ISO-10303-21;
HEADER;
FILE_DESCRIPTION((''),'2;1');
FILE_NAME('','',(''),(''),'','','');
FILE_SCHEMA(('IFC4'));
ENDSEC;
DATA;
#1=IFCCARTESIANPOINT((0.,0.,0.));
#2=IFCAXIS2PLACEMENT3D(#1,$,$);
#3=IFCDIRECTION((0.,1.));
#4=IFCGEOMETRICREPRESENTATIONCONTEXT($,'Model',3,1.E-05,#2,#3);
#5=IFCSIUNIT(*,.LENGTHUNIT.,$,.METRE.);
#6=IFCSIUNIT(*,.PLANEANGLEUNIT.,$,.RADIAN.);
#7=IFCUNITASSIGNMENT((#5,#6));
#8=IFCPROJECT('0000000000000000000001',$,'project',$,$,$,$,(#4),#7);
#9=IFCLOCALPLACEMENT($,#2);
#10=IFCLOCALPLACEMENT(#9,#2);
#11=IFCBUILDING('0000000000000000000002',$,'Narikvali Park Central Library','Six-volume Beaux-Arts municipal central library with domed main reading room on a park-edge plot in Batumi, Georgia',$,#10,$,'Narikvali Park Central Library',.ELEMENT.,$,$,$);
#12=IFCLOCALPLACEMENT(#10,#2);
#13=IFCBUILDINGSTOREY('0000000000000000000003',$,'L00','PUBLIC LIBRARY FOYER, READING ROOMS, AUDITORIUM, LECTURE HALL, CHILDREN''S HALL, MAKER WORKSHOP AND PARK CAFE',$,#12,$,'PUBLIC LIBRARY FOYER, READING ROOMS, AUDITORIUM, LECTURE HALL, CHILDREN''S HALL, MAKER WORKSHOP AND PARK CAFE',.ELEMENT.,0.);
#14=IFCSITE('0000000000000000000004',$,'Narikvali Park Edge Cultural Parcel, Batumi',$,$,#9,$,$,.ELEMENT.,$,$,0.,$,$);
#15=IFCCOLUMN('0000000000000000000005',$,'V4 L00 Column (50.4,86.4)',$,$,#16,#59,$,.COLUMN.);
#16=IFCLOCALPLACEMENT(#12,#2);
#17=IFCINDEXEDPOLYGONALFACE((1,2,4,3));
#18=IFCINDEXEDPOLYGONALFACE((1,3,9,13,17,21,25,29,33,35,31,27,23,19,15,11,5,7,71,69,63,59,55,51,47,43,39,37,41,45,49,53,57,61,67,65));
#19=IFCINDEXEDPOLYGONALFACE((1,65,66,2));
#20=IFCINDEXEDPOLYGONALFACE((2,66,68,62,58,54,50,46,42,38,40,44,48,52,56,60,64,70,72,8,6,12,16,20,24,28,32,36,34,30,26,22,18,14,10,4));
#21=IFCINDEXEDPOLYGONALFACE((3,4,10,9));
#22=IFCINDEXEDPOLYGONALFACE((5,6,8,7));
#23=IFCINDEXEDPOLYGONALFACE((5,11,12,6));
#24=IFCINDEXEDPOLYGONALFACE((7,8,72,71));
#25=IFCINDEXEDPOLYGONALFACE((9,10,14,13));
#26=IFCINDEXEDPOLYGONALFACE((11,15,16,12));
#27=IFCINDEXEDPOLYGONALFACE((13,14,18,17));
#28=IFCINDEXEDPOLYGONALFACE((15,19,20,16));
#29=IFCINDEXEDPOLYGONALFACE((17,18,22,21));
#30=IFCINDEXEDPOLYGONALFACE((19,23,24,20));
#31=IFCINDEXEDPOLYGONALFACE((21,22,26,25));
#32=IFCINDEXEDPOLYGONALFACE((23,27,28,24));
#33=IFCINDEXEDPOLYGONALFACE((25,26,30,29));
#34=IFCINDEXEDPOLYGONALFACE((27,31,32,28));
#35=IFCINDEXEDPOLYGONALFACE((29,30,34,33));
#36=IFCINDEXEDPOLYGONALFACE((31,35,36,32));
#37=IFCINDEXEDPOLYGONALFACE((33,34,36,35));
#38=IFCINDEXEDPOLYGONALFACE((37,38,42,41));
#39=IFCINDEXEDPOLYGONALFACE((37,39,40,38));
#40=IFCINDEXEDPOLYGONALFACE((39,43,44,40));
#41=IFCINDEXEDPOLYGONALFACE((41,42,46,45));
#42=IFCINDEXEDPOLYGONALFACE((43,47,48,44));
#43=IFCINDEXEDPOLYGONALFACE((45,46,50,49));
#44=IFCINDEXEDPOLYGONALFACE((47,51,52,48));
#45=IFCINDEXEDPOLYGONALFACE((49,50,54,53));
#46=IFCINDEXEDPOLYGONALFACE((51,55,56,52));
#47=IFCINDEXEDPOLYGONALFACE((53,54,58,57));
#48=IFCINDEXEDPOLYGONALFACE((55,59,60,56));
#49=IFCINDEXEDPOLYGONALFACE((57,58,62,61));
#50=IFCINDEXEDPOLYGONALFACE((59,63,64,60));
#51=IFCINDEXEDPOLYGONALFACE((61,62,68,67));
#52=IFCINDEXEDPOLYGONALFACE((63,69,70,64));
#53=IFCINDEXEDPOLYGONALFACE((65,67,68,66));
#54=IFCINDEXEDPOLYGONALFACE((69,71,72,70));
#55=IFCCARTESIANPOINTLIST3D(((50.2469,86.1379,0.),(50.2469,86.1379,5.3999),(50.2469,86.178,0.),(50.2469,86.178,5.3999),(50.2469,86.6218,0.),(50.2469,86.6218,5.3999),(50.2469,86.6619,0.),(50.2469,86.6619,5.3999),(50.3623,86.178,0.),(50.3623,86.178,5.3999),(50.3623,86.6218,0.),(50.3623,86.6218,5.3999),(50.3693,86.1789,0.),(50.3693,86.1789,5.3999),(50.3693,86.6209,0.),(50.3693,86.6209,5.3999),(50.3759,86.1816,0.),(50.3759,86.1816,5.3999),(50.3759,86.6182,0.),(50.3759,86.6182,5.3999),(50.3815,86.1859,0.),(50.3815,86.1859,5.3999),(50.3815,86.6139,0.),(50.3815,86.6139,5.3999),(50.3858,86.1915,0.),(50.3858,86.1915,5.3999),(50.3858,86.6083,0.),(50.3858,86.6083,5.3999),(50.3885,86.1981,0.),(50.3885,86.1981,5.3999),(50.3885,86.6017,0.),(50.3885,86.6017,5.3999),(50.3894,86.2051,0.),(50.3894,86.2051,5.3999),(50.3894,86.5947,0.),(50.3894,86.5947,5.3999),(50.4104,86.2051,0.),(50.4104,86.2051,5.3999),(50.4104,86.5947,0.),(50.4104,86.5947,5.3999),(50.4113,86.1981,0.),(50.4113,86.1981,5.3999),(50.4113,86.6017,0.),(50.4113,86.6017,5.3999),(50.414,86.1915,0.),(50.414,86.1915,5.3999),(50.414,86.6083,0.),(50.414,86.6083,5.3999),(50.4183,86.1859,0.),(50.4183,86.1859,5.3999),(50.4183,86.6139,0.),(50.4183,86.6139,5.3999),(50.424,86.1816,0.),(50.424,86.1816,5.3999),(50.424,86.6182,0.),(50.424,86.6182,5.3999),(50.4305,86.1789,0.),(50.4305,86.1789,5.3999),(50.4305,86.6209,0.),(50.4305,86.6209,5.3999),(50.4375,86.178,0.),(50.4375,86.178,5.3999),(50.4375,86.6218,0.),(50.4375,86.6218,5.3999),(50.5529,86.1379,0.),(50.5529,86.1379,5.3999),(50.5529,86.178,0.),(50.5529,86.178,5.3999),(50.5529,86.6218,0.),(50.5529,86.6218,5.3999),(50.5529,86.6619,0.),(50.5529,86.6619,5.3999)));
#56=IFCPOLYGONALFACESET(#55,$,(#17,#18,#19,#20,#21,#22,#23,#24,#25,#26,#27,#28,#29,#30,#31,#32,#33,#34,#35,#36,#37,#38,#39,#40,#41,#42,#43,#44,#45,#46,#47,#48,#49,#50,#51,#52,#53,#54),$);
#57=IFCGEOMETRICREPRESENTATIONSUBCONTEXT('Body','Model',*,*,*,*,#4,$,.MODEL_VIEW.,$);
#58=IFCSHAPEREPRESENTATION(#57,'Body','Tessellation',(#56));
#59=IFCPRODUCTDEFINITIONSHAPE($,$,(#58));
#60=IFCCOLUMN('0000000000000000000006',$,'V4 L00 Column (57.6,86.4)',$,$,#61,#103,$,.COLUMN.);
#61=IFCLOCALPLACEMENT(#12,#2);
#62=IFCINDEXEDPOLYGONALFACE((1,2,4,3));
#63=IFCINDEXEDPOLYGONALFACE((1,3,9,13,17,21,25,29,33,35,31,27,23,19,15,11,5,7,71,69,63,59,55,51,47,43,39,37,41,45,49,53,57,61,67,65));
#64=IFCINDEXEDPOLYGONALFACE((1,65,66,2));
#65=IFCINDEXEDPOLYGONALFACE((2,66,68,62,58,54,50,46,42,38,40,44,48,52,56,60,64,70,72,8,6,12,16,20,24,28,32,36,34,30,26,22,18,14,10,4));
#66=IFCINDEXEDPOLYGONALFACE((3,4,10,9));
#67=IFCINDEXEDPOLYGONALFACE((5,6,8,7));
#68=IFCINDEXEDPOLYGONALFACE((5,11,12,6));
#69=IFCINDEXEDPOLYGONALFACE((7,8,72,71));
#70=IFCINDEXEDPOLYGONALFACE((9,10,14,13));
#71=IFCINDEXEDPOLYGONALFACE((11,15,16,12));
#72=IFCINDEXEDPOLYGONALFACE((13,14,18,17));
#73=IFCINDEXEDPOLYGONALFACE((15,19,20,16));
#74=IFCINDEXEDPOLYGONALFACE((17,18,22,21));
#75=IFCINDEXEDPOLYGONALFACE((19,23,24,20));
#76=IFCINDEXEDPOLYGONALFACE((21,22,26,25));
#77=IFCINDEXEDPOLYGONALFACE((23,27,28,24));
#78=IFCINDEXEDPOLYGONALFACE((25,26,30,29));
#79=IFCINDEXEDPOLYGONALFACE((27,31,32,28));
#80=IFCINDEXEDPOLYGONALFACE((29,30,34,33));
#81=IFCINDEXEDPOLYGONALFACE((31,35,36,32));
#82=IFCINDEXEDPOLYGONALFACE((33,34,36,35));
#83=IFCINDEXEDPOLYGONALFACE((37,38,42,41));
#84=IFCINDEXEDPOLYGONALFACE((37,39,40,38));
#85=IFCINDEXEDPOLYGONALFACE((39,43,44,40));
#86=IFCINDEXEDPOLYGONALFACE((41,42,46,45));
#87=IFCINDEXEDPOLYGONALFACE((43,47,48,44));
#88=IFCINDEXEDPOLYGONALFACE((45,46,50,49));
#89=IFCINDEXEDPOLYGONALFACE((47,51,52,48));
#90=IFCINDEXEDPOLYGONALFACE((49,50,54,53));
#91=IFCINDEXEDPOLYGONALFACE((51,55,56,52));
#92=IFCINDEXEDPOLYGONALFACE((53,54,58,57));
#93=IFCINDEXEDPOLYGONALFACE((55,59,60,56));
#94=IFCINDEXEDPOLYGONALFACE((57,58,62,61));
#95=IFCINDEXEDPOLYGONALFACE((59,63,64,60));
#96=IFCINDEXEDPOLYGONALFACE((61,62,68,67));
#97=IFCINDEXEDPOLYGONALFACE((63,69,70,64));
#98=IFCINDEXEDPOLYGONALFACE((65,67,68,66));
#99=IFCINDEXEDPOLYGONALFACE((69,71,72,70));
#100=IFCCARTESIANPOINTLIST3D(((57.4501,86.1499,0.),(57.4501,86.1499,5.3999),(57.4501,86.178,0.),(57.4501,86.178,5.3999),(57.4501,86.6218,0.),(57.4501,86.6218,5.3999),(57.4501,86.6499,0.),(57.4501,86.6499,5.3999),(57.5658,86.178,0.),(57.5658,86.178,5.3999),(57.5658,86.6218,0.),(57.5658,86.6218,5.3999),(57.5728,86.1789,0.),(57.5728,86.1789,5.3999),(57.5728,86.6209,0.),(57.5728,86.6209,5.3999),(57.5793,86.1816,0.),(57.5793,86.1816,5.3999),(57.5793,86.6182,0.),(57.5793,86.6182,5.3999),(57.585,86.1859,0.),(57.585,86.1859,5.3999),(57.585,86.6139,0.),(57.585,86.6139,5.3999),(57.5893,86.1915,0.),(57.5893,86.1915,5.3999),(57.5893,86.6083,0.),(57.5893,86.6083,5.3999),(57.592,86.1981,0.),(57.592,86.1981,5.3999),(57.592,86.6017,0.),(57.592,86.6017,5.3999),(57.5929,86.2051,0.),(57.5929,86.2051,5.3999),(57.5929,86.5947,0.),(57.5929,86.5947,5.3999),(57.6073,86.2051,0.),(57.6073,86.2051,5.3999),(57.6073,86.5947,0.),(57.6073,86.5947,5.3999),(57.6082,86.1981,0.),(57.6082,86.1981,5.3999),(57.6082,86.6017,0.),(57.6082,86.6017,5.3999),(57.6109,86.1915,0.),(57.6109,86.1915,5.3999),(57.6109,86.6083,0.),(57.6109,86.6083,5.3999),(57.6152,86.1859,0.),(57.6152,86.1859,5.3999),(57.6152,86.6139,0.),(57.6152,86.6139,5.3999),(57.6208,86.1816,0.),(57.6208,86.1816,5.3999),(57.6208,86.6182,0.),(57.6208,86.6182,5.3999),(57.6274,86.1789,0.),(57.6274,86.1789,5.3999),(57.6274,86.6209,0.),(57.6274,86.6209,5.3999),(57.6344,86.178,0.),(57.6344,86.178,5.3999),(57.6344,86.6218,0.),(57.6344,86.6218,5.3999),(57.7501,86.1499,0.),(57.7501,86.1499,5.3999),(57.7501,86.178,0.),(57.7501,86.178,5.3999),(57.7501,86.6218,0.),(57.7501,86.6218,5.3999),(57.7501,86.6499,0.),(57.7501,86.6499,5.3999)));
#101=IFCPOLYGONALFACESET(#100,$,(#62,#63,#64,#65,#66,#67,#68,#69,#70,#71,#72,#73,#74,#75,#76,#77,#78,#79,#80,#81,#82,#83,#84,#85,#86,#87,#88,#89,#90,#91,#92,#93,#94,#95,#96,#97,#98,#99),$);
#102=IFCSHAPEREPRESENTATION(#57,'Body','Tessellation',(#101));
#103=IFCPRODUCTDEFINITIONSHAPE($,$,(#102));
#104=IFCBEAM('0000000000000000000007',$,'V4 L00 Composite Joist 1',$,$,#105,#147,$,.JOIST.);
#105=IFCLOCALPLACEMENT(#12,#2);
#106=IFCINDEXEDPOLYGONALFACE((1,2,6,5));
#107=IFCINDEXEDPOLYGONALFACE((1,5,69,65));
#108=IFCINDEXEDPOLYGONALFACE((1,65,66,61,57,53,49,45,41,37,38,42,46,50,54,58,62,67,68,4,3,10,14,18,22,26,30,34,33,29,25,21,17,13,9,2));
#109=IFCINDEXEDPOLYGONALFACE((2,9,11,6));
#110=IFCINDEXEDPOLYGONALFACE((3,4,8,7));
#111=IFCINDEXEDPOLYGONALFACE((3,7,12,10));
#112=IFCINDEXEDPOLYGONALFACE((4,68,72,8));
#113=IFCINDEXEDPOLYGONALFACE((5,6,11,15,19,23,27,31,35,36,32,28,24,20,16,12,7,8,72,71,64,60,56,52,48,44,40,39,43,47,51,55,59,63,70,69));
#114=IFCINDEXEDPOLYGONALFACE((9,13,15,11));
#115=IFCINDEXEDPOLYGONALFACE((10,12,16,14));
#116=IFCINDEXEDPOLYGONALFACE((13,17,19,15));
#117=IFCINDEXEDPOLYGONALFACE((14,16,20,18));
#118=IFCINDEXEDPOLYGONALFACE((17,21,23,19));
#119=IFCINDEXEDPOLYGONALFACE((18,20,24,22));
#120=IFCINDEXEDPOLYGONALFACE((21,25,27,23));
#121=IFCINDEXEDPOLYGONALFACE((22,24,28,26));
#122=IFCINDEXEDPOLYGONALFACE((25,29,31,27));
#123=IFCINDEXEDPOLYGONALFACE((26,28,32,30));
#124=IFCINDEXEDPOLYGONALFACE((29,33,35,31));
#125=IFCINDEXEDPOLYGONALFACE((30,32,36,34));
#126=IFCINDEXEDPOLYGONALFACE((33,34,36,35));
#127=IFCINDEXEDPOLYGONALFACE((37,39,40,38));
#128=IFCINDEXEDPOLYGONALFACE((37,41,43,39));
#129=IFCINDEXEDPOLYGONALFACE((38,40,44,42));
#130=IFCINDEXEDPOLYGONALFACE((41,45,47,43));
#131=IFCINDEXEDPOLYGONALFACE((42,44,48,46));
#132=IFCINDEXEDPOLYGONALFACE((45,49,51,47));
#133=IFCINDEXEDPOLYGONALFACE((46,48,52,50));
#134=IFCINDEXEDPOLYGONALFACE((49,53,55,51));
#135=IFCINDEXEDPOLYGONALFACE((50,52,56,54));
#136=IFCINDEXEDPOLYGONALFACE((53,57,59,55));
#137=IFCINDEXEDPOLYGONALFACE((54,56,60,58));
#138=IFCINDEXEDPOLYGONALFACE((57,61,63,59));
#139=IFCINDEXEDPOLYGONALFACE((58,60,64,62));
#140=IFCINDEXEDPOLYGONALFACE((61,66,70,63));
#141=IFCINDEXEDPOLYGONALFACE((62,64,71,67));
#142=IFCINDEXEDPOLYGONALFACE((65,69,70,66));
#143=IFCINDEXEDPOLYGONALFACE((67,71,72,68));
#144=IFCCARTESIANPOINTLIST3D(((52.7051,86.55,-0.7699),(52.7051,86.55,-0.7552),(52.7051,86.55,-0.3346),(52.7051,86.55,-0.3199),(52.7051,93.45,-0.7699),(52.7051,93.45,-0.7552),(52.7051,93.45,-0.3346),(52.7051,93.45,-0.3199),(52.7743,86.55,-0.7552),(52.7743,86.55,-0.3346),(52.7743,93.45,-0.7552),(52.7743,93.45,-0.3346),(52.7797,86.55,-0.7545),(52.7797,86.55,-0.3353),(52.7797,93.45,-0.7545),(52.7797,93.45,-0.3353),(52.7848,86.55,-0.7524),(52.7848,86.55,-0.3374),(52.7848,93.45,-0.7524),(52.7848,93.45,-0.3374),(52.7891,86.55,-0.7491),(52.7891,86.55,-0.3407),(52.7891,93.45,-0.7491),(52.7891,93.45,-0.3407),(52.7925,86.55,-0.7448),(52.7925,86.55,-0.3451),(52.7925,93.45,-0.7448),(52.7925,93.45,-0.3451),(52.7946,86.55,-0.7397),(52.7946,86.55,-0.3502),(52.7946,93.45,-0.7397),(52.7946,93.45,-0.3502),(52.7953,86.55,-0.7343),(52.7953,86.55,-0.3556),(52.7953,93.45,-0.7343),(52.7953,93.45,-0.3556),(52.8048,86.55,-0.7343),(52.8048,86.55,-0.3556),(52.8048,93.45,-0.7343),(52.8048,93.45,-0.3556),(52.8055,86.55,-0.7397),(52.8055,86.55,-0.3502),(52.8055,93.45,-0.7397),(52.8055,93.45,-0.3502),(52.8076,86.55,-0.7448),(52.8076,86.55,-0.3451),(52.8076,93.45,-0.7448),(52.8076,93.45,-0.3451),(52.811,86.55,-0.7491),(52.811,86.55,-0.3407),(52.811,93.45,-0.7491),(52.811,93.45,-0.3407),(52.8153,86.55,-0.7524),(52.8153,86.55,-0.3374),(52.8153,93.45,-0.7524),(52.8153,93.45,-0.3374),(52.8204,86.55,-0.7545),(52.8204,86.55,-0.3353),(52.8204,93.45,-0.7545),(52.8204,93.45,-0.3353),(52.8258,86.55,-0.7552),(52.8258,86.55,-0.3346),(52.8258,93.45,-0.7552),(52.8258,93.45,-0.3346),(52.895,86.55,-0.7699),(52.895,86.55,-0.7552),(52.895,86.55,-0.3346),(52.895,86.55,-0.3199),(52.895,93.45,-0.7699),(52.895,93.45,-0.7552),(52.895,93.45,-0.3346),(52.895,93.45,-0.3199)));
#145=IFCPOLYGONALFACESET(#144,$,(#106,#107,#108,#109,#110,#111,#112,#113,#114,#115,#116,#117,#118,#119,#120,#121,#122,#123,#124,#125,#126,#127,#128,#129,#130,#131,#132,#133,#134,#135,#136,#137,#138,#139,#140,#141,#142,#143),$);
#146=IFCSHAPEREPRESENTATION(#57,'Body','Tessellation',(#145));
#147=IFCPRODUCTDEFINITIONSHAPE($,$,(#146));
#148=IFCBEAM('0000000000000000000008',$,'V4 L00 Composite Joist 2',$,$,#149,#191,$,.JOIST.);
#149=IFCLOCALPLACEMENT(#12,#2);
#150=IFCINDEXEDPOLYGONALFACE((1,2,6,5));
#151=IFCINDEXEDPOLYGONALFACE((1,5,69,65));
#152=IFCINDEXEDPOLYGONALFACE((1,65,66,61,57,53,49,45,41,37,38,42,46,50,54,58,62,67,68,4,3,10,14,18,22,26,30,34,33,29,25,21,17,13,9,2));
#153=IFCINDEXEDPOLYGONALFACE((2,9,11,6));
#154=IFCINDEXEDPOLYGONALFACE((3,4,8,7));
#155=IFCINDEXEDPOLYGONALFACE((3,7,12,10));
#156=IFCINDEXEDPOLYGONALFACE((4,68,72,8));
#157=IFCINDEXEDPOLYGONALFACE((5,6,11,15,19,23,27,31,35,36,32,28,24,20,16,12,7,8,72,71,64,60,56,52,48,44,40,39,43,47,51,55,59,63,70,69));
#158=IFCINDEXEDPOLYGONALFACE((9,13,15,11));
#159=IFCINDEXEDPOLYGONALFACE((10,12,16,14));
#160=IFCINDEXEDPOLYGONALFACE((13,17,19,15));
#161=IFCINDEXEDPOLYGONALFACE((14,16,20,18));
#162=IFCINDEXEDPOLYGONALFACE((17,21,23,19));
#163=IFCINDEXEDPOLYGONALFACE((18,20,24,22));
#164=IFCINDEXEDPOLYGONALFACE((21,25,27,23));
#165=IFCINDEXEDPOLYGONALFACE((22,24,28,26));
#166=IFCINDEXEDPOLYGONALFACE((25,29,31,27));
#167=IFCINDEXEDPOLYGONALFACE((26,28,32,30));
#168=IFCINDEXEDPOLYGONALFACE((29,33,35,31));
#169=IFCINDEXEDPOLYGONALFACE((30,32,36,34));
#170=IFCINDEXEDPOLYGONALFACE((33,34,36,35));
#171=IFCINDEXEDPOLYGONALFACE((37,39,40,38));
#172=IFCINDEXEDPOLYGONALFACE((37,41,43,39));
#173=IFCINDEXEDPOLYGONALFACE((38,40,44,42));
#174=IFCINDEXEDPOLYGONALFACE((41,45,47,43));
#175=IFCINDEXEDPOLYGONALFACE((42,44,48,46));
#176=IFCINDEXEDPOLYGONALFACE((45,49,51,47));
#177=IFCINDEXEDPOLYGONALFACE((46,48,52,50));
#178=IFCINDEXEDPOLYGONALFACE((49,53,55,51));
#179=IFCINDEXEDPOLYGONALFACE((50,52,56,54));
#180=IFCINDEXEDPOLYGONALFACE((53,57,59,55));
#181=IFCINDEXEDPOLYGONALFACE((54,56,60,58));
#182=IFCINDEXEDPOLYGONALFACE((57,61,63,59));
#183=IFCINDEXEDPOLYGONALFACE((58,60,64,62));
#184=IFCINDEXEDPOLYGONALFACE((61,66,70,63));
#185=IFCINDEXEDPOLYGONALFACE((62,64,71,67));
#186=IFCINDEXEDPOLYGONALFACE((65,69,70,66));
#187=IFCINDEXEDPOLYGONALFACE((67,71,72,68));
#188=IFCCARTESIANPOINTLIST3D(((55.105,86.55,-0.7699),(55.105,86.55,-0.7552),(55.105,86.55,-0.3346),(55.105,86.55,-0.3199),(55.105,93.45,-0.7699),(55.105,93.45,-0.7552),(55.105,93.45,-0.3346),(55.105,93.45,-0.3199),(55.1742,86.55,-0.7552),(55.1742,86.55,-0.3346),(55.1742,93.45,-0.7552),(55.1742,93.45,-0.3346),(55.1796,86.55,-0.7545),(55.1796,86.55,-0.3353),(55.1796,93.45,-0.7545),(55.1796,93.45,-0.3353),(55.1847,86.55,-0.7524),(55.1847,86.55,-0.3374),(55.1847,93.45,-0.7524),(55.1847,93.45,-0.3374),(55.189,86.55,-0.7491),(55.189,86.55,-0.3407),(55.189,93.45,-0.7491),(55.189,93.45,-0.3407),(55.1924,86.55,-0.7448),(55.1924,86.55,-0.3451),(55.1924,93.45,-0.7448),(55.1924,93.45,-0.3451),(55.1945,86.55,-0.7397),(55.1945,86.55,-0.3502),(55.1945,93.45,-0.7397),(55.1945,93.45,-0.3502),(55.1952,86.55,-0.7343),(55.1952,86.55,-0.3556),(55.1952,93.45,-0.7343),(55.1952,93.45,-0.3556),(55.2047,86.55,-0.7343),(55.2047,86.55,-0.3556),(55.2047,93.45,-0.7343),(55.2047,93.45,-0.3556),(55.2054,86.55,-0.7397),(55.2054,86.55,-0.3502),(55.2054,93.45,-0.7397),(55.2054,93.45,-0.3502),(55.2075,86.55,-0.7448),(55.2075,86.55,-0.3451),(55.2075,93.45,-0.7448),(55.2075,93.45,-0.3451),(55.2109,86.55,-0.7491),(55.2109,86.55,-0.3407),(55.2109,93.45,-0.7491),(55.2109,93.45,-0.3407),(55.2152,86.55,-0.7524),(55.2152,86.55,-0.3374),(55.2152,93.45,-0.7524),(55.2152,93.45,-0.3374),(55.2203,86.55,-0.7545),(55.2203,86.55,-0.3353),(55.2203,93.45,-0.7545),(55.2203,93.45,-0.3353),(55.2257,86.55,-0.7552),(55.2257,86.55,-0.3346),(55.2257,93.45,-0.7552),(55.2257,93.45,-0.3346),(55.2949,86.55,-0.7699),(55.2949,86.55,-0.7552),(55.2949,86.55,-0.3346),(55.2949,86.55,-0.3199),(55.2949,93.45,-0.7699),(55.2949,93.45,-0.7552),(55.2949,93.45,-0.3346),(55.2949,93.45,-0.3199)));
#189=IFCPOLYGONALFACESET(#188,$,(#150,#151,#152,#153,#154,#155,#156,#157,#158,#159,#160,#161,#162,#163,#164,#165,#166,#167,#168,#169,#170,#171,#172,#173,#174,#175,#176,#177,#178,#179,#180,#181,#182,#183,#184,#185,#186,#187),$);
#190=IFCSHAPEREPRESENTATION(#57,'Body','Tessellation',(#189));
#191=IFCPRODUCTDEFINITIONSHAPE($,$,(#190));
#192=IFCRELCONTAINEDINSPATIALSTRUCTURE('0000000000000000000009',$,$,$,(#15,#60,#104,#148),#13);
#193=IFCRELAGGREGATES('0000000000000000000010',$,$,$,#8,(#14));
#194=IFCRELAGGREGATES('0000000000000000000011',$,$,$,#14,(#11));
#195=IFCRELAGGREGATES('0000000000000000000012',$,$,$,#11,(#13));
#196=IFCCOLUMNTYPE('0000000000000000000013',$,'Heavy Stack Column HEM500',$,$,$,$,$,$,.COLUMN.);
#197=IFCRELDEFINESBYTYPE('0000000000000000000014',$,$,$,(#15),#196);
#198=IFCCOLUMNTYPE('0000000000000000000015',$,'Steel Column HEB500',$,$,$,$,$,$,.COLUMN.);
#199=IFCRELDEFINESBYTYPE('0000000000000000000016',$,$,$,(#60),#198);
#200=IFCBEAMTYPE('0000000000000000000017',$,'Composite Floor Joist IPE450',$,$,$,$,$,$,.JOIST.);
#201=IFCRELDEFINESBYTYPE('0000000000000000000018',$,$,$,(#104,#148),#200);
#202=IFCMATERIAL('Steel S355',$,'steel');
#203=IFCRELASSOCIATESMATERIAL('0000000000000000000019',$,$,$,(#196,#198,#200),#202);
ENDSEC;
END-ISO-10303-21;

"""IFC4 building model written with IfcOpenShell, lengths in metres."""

from ifc_helpers import new_model, si_unit, direction, frame, origin, origin_2d, place, context, subcontext, project, spatial, i_section, extrude, material, material_profile, profile_set, type_object, element, save


model = new_model("IFC4")

# Units and contexts
model_context = context("Model", 3, precision=1e-05, world=origin(), true_north=direction((0.0, 1.0)))
body_context = subcontext(model_context, "Body", "Model", "MODEL_VIEW")
ifc_project = project(units=[si_unit("LENGTHUNIT", "METRE"), si_unit("PLANEANGLEUNIT", "RADIAN")], contexts=[model_context])

# Site, building, storey
site_placement = place(None, origin())
site = spatial("IfcSite", under=ifc_project, at=site_placement, Name="Narikvali Park Edge Cultural Parcel, Batumi", CompositionType="ELEMENT", RefElevation=0.0)
building_placement = place(site_placement, origin())
building = spatial("IfcBuilding", under=site, at=building_placement, Name="Narikvali Park Central Library", Description="Six-volume Beaux-Arts municipal central library with domed main reading room on a park-edge plot in Batumi, Georgia", LongName="Narikvali Park Central Library", CompositionType="ELEMENT")
storey_placement = place(building_placement, origin())
storey = spatial("IfcBuildingStorey", under=building, at=storey_placement, Name="L00", Description="PUBLIC LIBRARY FOYER, READING ROOMS, AUDITORIUM, LECTURE HALL, CHILDREN'S HALL, MAKER WORKSHOP AND PARK CAFE", LongName="PUBLIC LIBRARY FOYER, READING ROOMS, AUDITORIUM, LECTURE HALL, CHILDREN'S HALL, MAKER WORKSHOP AND PARK CAFE", CompositionType="ELEMENT", Elevation=0.0)

# Columns
ifc_material_1 = material(Name="Steel S355", Category="steel")
ifc_material_profile_1 = material_profile(ifc_material_1, i_section(OverallWidth=0.3059, OverallDepth=0.5239, WebThickness=0.021, FlangeThickness=0.04, FilletRadius=0.0271, at=origin_2d()), Name="HEM 500")
ifc_profile_set_1 = profile_set([ifc_material_profile_1], Name="Steel S355")
column_type_1 = type_object("IfcColumnType", Name="Heavy Stack Column HEM500", PredefinedType="COLUMN", material=ifc_profile_set_1)
column_1_placement = place(storey_placement, frame((50.3999, 86.3999, 0.0), z_axis=(0.0, 0.0, 1.0), x_axis=(1.0, 0.0, 0.0)))
element("IfcColumn", 1, at=column_1_placement, inside=storey, type_object=column_type_1, Name="V4 L00 Column (50.4,86.4)", PredefinedType="COLUMN", context=body_context, shape_type="SweptSolid", body=[
    extrude(i_section(OverallWidth=0.3059, OverallDepth=0.5239, WebThickness=0.021, FlangeThickness=0.04, FilletRadius=0.0271, at=origin_2d()), origin(), (0.0, 0.0, 1.0), 5.3999),
])
ifc_material_profile_2 = material_profile(ifc_material_1, i_section(OverallWidth=0.3, OverallDepth=0.5, WebThickness=0.0144, FlangeThickness=0.0281, FilletRadius=0.0271, at=origin_2d()), Name="HEB 500")
ifc_profile_set_2 = profile_set([ifc_material_profile_2], Name="Steel S355")
column_type_2 = type_object("IfcColumnType", Name="Steel Column HEB500", PredefinedType="COLUMN", material=ifc_profile_set_2)
column_2_placement = place(storey_placement, frame((57.6001, 86.3999, 0.0), z_axis=(0.0, 0.0, 1.0), x_axis=(1.0, 0.0, 0.0)))
element("IfcColumn", 2, at=column_2_placement, inside=storey, type_object=column_type_2, Name="V4 L00 Column (57.6,86.4)", PredefinedType="COLUMN", context=body_context, shape_type="SweptSolid", body=[
    extrude(i_section(OverallWidth=0.3, OverallDepth=0.5, WebThickness=0.0144, FlangeThickness=0.0281, FilletRadius=0.0271, at=origin_2d()), origin(), (0.0, 0.0, 1.0), 5.3999),
])

# Beams
ifc_material_profile_3 = material_profile(ifc_material_1, i_section(OverallWidth=0.1899, OverallDepth=0.45, WebThickness=0.0095, FlangeThickness=0.0146, FilletRadius=0.021, at=origin_2d()), Name="IPE 450")
ifc_profile_set_3 = profile_set([ifc_material_profile_3], Name="Steel S355")
beam_type_1 = type_object("IfcBeamType", Name="Composite Floor Joist IPE450", PredefinedType="JOIST", material=ifc_profile_set_3)
for number, where, z_axis, x_axis, name in (
    (3, (52.8, 86.55, -0.5449), (0.0, 1.0, 0.0), (-1.0, 0.0, 0.0), "V4 L00 Composite Joist 1"),
    (4, (55.2, 86.55, -0.5449), (0.0, 1.0, 0.0), (-1.0, 0.0, 0.0), "V4 L00 Composite Joist 2"),
):
    element("IfcBeam", number, at=place(storey_placement, frame(where, z_axis=z_axis, x_axis=x_axis)), inside=storey, type_object=beam_type_1, Name=name, PredefinedType="JOIST", context=body_context, shape_type="SweptSolid", body=[
        extrude(i_section(OverallWidth=0.1899, OverallDepth=0.45, WebThickness=0.0095, FlangeThickness=0.0146, FilletRadius=0.021, at=origin_2d()), origin(), (0.0, 0.0, 1.0), 6.8999),
    ])

save(model, "model.ifc")
